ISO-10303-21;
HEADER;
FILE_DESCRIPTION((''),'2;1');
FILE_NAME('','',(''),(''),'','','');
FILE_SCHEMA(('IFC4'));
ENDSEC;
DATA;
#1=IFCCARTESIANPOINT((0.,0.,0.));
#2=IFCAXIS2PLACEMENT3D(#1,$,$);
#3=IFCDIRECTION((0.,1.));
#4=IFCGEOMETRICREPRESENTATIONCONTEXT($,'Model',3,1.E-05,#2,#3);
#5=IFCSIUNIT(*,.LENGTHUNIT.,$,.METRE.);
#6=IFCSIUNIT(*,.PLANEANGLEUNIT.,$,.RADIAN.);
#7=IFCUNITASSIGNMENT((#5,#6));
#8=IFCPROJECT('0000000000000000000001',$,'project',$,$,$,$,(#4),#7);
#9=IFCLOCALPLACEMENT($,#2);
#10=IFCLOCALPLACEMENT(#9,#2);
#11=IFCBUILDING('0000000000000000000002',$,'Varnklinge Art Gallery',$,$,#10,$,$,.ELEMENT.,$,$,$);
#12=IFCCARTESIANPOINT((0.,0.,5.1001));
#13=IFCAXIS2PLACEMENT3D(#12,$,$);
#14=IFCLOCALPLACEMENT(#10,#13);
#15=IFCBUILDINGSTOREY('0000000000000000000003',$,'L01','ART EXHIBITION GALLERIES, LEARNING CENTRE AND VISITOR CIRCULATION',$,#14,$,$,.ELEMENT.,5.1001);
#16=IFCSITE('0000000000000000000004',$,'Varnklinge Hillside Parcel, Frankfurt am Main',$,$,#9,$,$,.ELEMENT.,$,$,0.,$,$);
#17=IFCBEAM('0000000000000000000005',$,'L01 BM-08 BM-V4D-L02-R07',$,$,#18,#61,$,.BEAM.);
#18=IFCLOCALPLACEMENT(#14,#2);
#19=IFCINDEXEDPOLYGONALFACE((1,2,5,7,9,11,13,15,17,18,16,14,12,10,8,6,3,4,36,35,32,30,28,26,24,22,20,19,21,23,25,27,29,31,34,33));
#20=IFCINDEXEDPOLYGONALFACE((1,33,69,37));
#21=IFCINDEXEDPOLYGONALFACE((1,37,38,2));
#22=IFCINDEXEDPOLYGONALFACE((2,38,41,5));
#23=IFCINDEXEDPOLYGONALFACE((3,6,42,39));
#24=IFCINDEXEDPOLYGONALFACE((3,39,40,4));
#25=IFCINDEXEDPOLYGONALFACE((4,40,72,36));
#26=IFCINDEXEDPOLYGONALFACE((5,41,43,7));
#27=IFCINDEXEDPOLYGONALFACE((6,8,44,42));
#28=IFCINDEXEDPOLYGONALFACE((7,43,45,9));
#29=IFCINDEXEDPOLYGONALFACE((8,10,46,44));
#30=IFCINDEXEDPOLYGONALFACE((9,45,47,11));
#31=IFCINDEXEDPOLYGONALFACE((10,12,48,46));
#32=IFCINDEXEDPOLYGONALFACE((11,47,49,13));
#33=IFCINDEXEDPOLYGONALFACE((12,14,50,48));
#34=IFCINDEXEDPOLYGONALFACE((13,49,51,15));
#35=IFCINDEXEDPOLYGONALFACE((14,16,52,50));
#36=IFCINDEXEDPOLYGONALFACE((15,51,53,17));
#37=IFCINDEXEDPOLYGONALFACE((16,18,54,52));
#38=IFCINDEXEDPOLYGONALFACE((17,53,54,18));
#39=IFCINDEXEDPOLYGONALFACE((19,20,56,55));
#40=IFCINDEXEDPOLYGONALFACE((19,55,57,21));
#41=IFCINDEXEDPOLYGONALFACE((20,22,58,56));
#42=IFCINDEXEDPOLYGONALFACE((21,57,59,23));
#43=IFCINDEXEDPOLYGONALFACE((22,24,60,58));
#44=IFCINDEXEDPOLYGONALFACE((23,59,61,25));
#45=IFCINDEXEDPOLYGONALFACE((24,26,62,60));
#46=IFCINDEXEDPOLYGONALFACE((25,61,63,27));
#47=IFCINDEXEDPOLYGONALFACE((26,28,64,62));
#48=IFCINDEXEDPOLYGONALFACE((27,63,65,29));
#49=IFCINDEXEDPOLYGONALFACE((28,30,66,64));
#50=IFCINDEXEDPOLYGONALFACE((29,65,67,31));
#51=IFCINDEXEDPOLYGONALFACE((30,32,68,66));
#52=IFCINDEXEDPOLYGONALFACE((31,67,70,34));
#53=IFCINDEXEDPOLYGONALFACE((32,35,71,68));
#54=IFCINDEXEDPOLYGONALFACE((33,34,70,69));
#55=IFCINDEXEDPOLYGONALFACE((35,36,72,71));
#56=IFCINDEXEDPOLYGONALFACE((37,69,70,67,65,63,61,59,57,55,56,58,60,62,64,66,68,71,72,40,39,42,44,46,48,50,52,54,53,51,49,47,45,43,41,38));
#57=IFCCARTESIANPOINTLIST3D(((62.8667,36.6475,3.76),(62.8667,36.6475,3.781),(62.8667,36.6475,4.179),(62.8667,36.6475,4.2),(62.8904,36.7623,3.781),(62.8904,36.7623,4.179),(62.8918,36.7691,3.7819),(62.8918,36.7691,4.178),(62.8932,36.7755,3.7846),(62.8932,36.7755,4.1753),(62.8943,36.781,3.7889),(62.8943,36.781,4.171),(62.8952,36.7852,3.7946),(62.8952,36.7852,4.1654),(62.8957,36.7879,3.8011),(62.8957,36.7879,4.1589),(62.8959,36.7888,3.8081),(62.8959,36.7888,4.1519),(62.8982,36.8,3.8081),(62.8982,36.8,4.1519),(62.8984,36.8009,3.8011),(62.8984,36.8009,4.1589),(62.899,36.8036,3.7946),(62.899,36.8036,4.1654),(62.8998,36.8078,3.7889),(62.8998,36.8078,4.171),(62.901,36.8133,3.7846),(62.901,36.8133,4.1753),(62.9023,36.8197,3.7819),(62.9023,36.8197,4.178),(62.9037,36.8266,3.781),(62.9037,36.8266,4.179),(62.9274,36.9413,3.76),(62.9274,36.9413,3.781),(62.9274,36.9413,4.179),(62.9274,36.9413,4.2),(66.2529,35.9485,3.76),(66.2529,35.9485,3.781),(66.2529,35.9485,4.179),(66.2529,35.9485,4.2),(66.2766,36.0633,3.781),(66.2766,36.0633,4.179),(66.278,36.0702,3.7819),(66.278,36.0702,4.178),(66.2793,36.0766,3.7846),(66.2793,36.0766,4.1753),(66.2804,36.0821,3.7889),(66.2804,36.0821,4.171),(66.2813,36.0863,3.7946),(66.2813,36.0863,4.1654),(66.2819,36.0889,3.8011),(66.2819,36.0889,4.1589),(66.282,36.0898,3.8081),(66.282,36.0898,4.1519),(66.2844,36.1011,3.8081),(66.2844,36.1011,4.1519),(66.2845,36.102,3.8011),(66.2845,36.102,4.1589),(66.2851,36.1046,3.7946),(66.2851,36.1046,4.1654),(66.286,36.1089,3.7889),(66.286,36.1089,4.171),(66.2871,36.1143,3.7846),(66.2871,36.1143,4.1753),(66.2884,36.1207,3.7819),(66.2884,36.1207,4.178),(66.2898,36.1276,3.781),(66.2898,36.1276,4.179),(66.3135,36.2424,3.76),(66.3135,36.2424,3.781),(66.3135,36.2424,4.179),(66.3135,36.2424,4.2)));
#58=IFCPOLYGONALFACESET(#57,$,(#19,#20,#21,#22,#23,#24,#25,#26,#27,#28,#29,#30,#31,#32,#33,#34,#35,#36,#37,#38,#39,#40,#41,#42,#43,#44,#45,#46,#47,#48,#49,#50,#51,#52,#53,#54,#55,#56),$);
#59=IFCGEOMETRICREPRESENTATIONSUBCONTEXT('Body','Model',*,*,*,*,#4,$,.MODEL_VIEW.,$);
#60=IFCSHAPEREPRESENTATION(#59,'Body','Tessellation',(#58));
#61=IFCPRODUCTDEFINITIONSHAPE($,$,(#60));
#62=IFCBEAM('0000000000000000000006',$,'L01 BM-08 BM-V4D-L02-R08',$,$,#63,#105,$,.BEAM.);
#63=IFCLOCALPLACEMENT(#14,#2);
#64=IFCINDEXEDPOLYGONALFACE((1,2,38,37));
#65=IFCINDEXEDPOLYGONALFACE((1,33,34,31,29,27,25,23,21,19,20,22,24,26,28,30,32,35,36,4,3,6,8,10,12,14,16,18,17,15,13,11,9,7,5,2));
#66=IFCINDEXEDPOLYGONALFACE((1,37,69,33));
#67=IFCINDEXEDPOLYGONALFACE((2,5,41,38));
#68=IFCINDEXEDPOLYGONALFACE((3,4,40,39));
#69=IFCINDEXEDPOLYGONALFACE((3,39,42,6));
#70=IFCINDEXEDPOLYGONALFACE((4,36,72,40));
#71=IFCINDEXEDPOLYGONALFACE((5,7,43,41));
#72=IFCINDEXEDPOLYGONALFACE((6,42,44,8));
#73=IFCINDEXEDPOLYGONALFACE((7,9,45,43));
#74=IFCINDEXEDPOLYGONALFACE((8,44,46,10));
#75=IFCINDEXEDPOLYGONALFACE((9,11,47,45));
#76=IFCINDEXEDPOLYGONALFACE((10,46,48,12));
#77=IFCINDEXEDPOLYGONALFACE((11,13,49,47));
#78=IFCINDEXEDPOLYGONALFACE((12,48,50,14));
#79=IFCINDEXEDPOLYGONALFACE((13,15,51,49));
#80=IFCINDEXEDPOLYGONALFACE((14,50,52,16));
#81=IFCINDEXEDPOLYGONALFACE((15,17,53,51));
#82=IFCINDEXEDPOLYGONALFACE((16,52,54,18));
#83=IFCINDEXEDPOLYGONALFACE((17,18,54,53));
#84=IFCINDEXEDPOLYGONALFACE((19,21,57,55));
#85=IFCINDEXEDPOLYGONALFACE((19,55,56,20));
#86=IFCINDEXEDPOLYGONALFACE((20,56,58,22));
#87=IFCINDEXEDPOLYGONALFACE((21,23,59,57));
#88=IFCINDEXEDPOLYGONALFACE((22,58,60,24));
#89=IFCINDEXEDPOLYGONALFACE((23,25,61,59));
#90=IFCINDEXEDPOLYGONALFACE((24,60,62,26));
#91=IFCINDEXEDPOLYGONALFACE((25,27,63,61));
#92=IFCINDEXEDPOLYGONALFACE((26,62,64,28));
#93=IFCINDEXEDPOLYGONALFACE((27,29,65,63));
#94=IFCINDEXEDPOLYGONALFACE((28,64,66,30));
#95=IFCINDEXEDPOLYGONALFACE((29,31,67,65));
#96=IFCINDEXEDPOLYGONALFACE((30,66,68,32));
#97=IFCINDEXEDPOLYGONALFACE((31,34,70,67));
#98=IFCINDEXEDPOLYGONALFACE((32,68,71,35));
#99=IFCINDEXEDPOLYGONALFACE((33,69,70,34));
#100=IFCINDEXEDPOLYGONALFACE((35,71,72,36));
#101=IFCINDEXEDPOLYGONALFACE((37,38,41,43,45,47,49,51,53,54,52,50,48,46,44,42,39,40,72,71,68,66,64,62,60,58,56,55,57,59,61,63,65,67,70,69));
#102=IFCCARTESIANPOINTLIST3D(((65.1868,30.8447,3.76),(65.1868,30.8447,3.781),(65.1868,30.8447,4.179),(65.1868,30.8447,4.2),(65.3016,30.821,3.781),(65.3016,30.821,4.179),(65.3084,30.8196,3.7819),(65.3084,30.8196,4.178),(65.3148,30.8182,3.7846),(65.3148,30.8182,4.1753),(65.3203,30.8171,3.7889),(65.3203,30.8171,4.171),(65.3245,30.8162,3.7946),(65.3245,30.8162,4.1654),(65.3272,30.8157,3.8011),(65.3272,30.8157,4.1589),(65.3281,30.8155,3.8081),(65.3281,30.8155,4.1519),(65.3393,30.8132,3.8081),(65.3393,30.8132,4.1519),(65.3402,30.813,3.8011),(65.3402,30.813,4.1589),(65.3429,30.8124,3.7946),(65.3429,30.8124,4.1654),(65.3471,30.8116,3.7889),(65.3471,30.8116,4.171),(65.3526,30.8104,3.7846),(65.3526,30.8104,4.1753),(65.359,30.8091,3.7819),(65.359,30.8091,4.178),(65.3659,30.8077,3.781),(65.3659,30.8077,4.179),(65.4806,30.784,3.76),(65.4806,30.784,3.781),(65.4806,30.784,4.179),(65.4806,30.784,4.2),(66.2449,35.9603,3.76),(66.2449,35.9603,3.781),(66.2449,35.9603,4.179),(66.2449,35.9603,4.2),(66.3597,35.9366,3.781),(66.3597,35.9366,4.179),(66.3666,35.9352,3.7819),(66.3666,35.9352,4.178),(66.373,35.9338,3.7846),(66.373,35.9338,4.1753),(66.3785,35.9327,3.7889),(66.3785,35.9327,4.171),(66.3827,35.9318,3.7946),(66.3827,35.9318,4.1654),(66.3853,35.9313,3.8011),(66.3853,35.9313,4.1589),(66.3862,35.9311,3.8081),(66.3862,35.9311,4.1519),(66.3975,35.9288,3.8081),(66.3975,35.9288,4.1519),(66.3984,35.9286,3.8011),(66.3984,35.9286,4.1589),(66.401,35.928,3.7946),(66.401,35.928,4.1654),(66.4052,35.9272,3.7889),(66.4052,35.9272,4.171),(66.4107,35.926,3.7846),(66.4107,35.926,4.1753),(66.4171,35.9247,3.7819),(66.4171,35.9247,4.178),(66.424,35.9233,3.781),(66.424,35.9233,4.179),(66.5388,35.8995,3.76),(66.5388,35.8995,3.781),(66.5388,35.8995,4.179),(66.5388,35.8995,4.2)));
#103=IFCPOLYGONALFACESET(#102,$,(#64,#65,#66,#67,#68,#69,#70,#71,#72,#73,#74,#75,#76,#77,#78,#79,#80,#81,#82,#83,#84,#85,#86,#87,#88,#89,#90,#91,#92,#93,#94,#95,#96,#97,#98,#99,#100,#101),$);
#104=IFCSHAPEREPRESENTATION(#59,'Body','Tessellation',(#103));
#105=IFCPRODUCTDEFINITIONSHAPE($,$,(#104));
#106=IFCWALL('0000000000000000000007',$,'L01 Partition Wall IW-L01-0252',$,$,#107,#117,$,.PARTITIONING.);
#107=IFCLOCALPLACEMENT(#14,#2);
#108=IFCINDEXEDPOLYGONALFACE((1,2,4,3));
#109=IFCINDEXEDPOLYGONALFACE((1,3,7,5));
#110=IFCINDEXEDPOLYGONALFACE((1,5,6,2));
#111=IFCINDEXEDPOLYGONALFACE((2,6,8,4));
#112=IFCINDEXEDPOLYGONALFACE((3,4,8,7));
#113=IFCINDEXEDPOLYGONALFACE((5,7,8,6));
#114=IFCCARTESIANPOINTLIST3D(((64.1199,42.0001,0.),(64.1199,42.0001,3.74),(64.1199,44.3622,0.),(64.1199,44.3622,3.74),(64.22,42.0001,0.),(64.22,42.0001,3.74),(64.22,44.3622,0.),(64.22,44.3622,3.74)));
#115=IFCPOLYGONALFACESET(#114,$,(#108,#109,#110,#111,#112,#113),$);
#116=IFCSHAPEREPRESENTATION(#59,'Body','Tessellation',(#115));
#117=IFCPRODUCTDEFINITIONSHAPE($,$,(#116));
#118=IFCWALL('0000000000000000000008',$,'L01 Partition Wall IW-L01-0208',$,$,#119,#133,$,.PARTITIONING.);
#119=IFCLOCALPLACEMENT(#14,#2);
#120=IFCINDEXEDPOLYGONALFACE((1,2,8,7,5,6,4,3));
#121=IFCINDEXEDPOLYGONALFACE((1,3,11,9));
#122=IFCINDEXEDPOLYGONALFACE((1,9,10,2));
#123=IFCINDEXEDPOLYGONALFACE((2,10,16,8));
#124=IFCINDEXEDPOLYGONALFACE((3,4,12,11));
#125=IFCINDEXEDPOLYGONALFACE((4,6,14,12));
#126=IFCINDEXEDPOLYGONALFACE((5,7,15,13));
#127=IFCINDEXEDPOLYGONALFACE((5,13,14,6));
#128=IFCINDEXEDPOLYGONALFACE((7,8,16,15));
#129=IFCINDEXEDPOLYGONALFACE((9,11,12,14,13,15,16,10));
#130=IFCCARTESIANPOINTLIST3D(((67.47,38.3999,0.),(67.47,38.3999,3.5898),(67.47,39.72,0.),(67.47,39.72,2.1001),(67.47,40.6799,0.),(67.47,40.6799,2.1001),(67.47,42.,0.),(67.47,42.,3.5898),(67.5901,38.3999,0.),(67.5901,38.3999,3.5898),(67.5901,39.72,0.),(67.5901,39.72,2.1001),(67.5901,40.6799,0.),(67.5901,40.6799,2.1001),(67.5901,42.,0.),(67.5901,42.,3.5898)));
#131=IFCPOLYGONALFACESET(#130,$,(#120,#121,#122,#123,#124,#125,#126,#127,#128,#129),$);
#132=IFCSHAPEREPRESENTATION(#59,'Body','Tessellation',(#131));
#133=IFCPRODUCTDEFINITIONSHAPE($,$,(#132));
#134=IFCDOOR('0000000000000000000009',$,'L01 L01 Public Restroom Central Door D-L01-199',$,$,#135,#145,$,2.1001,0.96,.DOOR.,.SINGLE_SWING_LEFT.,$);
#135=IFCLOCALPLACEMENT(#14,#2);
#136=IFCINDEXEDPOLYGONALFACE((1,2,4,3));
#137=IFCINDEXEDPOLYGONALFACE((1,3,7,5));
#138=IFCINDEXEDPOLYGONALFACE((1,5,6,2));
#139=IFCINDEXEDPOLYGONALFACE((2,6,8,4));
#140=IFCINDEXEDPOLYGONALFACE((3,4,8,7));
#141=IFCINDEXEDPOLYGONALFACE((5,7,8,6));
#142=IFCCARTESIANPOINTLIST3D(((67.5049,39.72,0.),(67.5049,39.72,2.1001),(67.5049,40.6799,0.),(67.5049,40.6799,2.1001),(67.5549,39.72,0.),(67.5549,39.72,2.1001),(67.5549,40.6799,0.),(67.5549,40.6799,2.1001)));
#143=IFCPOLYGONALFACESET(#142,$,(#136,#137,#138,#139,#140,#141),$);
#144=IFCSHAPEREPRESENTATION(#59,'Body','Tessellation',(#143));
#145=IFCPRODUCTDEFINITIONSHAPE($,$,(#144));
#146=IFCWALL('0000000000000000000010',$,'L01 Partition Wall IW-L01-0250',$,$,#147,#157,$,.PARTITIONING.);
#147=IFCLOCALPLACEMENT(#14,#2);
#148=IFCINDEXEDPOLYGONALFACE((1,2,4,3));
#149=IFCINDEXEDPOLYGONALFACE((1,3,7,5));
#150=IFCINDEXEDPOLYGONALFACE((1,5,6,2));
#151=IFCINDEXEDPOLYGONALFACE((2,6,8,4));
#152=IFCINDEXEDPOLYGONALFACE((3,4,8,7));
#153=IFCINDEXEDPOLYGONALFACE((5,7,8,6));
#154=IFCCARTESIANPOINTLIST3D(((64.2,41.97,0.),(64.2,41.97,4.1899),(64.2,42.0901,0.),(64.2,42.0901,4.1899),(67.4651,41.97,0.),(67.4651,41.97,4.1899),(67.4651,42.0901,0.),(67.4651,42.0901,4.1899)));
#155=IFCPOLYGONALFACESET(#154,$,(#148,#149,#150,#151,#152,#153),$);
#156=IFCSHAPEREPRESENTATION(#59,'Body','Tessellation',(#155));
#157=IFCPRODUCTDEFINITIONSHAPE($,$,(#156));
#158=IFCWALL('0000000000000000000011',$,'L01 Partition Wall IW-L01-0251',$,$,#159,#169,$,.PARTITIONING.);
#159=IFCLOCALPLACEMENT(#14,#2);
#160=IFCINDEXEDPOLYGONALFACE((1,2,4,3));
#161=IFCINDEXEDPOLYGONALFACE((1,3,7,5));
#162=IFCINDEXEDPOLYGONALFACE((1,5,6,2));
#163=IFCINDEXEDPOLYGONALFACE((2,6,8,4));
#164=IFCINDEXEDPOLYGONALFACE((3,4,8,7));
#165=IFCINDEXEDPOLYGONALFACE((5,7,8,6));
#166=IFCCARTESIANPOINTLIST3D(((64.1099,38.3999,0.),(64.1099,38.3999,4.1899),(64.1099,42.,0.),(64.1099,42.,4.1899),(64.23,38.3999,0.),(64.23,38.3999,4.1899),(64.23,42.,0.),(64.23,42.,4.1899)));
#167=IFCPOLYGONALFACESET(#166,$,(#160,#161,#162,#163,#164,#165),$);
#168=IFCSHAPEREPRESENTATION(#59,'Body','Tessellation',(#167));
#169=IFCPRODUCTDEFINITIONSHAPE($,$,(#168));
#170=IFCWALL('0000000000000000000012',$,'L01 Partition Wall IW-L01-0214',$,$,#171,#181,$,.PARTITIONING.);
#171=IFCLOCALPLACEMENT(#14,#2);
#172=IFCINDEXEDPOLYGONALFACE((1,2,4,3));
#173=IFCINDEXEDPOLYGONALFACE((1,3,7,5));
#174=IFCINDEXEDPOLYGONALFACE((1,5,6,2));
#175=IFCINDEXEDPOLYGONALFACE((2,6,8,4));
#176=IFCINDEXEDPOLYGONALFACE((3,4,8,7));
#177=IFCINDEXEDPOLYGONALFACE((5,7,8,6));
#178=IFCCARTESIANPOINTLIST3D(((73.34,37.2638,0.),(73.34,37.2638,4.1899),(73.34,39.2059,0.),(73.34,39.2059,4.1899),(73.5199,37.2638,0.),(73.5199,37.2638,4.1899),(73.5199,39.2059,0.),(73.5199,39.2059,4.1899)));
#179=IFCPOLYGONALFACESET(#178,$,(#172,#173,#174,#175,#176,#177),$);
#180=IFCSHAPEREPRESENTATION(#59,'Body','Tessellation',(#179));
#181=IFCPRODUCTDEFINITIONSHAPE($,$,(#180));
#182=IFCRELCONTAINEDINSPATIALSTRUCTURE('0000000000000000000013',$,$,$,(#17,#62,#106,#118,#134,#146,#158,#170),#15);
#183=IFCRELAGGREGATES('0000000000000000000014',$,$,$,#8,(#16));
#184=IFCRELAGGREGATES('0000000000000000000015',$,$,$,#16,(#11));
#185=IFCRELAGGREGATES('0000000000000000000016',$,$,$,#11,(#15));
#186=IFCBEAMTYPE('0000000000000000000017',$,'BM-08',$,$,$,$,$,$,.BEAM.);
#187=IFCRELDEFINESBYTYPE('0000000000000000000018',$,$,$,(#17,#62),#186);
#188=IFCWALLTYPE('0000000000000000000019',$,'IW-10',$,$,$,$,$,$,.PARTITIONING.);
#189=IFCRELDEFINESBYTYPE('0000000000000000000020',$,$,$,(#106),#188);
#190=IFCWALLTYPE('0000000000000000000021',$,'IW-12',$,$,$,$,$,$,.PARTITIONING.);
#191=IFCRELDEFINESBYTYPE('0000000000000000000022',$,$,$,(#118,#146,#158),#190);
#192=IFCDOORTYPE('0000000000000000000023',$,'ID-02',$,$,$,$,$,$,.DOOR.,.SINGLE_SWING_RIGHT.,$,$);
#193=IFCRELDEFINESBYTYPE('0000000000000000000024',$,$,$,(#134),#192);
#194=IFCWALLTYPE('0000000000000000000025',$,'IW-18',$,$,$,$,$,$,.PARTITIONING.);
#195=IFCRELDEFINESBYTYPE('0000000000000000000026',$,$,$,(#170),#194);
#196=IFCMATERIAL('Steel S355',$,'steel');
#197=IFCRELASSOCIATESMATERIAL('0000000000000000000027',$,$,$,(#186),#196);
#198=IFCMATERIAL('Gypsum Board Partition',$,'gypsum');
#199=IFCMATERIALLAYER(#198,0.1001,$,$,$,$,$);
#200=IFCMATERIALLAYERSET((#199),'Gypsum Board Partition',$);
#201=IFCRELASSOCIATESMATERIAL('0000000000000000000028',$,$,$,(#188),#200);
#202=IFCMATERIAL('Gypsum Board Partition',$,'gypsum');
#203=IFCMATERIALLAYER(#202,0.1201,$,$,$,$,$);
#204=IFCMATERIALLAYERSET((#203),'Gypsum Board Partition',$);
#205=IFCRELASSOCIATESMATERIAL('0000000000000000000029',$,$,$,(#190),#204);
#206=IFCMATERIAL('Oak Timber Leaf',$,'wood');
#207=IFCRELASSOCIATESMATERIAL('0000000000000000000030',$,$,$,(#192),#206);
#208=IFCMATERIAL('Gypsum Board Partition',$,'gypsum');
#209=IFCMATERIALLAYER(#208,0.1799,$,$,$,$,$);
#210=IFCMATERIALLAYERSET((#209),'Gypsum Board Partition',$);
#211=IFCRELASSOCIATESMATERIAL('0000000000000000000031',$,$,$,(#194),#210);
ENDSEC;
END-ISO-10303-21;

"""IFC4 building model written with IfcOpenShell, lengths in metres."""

from ifc_helpers import new_model, si_unit, direction, frame, frame_2d, origin, origin_2d, place, context, subcontext, project, spatial, rectangle, i_section, extrude, material, layer, layer_set, material_profile, profile_set, type_object, element, fill, save


model = new_model("IFC4")

# Units and contexts
model_context = context("Model", 3, precision=1e-05, world=origin(), true_north=direction((0.0, 1.0)))
body_context = subcontext(model_context, "Body", "Model", "MODEL_VIEW")
ifc_project = project(units=[si_unit("LENGTHUNIT", "METRE"), si_unit("PLANEANGLEUNIT", "RADIAN")], contexts=[model_context])

# Site, building, storey
site_placement = place(None, origin())
site = spatial("IfcSite", under=ifc_project, at=site_placement, Name="Varnklinge Hillside Parcel, Frankfurt am Main", CompositionType="ELEMENT", RefElevation=0.0)
building_placement = place(site_placement, origin())
building = spatial("IfcBuilding", under=site, at=building_placement, Name="Varnklinge Art Gallery", CompositionType="ELEMENT")
storey_placement = place(building_placement, frame((0.0, 0.0, 5.1001)))
storey = spatial("IfcBuildingStorey", under=building, at=storey_placement, Name="L01", Description="ART EXHIBITION GALLERIES, LEARNING CENTRE AND VISITOR CIRCULATION", CompositionType="ELEMENT", Elevation=5.1001)

# Beams
ifc_material_1 = material(Name="Steel S355", Category="steel")
ifc_material_profile_1 = material_profile(ifc_material_1, i_section(OverallWidth=0.3, OverallDepth=0.4399, WebThickness=0.0115, FlangeThickness=0.021, FilletRadius=0.0271, at=origin_2d()), Name="HEA 450")
ifc_profile_set_1 = profile_set([ifc_material_profile_1], Name="Steel S355")
beam_type_1 = type_object("IfcBeamType", Name="BM-08", PredefinedType="BEAM", material=ifc_profile_set_1)
beam_1_placement = place(storey_placement, frame((66.2832, 36.0955, 3.98), z_axis=(-0.979354, 0.202155, 0.0), x_axis=(-0.202155, -0.979354, 0.0)))
element("IfcBeam", 1, at=beam_1_placement, inside=storey, type_object=beam_type_1, Name="L01 BM-08 BM-V4D-L02-R07", PredefinedType="BEAM", context=body_context, shape_type="SweptSolid", body=[
    extrude(i_section(OverallWidth=0.3, OverallDepth=0.4399, WebThickness=0.0115, FlangeThickness=0.021, FilletRadius=0.0271, at=origin_2d()), origin(), (0.0, 0.0, 1.0), 3.4575),
])
beam_2_placement = place(storey_placement, frame((66.3918, 35.9299, 3.98), z_axis=(-0.202556, -0.979271, 0.0), x_axis=(0.979271, -0.202556, 0.0)))
element("IfcBeam", 2, at=beam_2_placement, inside=storey, type_object=beam_type_1, Name="L01 BM-08 BM-V4D-L02-R08", PredefinedType="BEAM", context=body_context, shape_type="SweptSolid", body=[
    extrude(i_section(OverallWidth=0.3, OverallDepth=0.4399, WebThickness=0.0115, FlangeThickness=0.021, FilletRadius=0.0271, at=origin_2d()), origin(), (0.0, 0.0, 1.0), 5.2239),
])

# Wall
ifc_material_2 = material(Name="Gypsum Board Partition", Category="gypsum")
ifc_layer_1 = layer(ifc_material_2, 0.1001)
ifc_layer_set_1 = layer_set([ifc_layer_1], Name="Gypsum Board Partition")
wall_type_1 = type_object("IfcWallType", Name="IW-10", PredefinedType="PARTITIONING", material=ifc_layer_set_1)
wall_1_placement = place(storey_placement, frame((64.1699, 42.0, 0.0), z_axis=(0.0, 0.0, 1.0), x_axis=(0.0, 1.0, 0.0)))
element("IfcWall", 3, at=wall_1_placement, inside=storey, type_object=wall_type_1, Name="L01 Partition Wall IW-L01-0252", PredefinedType="PARTITIONING", context=body_context, shape_type="SweptSolid", body=[
    extrude(rectangle(XDim=2.3621, YDim=0.1001, at=frame_2d((1.1812, 0.0))), origin(), (0.0, 0.0, 1.0), 3.74),
])

# Wall, opening, door
ifc_material_3 = material(Name="Gypsum Board Partition", Category="gypsum")
ifc_layer_2 = layer(ifc_material_3, 0.1201)
ifc_layer_set_2 = layer_set([ifc_layer_2], Name="Gypsum Board Partition")
wall_type_2 = type_object("IfcWallType", Name="IW-12", PredefinedType="PARTITIONING", material=ifc_layer_set_2)
wall_2_placement = place(storey_placement, frame((67.53, 42.0, 0.0), z_axis=(0.0, 0.0, 1.0), x_axis=(0.0, -1.0, 0.0)))
wall_2 = element("IfcWall", 4, at=wall_2_placement, inside=storey, type_object=wall_type_2, Name="L01 Partition Wall IW-L01-0208", PredefinedType="PARTITIONING", context=body_context, shape_type="SweptSolid", body=[
    extrude(rectangle(XDim=3.6001, YDim=0.1201, at=frame_2d((1.8, 0.0))), origin(), (0.0, 0.0, 1.0), 3.5898),
])
opening_1_placement = place(wall_2_placement, frame((1.3201, 0.0, 0.0)))
opening_1 = element("IfcOpeningElement", 5, at=opening_1_placement, cuts=wall_2, PredefinedType="OPENING", context=body_context, shape_type="SweptSolid", body=[
    extrude(rectangle(XDim=0.96, YDim=2.1001, at=frame_2d((0.48, 1.05))), frame((0.0, 0.0701, 0.0), z_axis=(0.0, -1.0, 0.0), x_axis=(1.0, 0.0, 0.0)), (0.0, 0.0, 1.0), 0.1401),
])
ifc_material_4 = material(Name="Oak Timber Leaf", Category="wood")
door_type_1 = type_object("IfcDoorType", Name="ID-02", OperationType="SINGLE_SWING_RIGHT", PredefinedType="DOOR", material=ifc_material_4)
door_1_placement = place(opening_1_placement, origin())
door_1 = element("IfcDoor", 6, at=door_1_placement, inside=storey, type_object=door_type_1, Name="L01 L01 Public Restroom Central Door D-L01-199", OperationType="SINGLE_SWING_LEFT", OverallHeight=2.1001, OverallWidth=0.96, PredefinedType="DOOR", context=body_context, shape_type="SweptSolid", body=[
    extrude(rectangle(XDim=0.96, YDim=2.1001, at=frame_2d((0.48, 1.05))), frame((0.0, 0.0249, 0.0), z_axis=(0.0, -1.0, 0.0), x_axis=(1.0, 0.0, 0.0)), (0.0, 0.0, 1.0), 0.05),
])
fill(opening_1, door_1)

# Walls
wall_3_placement = place(storey_placement, frame((64.2, 42.03, 0.0), z_axis=(0.0, 0.0, 1.0), x_axis=(1.0, 0.0, 0.0)))
element("IfcWall", 7, at=wall_3_placement, inside=storey, type_object=wall_type_2, Name="L01 Partition Wall IW-L01-0250", PredefinedType="PARTITIONING", context=body_context, shape_type="SweptSolid", body=[
    extrude(rectangle(XDim=3.2651, YDim=0.1201, at=frame_2d((1.6326, 0.0))), origin(), (0.0, 0.0, 1.0), 4.1899),
])
wall_4_placement = place(storey_placement, frame((64.1699, 38.3999, 0.0), z_axis=(0.0, 0.0, 1.0), x_axis=(0.0, 1.0, 0.0)))
element("IfcWall", 8, at=wall_4_placement, inside=storey, type_object=wall_type_2, Name="L01 Partition Wall IW-L01-0251", PredefinedType="PARTITIONING", context=body_context, shape_type="SweptSolid", body=[
    extrude(rectangle(XDim=3.6001, YDim=0.1201, at=frame_2d((1.8, 0.0))), origin(), (0.0, 0.0, 1.0), 4.1899),
])
ifc_material_5 = material(Name="Gypsum Board Partition", Category="gypsum")
ifc_layer_3 = layer(ifc_material_5, 0.1799)
ifc_layer_set_3 = layer_set([ifc_layer_3], Name="Gypsum Board Partition")
wall_type_3 = type_object("IfcWallType", Name="IW-18", PredefinedType="PARTITIONING", material=ifc_layer_set_3)
wall_5_placement = place(storey_placement, frame((73.4299, 39.2061, 0.0), z_axis=(0.0, 0.0, 1.0), x_axis=(0.0, -1.0, 0.0)))
element("IfcWall", 9, at=wall_5_placement, inside=storey, type_object=wall_type_3, Name="L01 Partition Wall IW-L01-0214", PredefinedType="PARTITIONING", context=body_context, shape_type="SweptSolid", body=[
    extrude(rectangle(XDim=1.9421, YDim=0.1799, at=frame_2d((0.9712, 0.0))), origin(), (0.0, 0.0, 1.0), 4.1899),
])

save(model, "model.ifc")
